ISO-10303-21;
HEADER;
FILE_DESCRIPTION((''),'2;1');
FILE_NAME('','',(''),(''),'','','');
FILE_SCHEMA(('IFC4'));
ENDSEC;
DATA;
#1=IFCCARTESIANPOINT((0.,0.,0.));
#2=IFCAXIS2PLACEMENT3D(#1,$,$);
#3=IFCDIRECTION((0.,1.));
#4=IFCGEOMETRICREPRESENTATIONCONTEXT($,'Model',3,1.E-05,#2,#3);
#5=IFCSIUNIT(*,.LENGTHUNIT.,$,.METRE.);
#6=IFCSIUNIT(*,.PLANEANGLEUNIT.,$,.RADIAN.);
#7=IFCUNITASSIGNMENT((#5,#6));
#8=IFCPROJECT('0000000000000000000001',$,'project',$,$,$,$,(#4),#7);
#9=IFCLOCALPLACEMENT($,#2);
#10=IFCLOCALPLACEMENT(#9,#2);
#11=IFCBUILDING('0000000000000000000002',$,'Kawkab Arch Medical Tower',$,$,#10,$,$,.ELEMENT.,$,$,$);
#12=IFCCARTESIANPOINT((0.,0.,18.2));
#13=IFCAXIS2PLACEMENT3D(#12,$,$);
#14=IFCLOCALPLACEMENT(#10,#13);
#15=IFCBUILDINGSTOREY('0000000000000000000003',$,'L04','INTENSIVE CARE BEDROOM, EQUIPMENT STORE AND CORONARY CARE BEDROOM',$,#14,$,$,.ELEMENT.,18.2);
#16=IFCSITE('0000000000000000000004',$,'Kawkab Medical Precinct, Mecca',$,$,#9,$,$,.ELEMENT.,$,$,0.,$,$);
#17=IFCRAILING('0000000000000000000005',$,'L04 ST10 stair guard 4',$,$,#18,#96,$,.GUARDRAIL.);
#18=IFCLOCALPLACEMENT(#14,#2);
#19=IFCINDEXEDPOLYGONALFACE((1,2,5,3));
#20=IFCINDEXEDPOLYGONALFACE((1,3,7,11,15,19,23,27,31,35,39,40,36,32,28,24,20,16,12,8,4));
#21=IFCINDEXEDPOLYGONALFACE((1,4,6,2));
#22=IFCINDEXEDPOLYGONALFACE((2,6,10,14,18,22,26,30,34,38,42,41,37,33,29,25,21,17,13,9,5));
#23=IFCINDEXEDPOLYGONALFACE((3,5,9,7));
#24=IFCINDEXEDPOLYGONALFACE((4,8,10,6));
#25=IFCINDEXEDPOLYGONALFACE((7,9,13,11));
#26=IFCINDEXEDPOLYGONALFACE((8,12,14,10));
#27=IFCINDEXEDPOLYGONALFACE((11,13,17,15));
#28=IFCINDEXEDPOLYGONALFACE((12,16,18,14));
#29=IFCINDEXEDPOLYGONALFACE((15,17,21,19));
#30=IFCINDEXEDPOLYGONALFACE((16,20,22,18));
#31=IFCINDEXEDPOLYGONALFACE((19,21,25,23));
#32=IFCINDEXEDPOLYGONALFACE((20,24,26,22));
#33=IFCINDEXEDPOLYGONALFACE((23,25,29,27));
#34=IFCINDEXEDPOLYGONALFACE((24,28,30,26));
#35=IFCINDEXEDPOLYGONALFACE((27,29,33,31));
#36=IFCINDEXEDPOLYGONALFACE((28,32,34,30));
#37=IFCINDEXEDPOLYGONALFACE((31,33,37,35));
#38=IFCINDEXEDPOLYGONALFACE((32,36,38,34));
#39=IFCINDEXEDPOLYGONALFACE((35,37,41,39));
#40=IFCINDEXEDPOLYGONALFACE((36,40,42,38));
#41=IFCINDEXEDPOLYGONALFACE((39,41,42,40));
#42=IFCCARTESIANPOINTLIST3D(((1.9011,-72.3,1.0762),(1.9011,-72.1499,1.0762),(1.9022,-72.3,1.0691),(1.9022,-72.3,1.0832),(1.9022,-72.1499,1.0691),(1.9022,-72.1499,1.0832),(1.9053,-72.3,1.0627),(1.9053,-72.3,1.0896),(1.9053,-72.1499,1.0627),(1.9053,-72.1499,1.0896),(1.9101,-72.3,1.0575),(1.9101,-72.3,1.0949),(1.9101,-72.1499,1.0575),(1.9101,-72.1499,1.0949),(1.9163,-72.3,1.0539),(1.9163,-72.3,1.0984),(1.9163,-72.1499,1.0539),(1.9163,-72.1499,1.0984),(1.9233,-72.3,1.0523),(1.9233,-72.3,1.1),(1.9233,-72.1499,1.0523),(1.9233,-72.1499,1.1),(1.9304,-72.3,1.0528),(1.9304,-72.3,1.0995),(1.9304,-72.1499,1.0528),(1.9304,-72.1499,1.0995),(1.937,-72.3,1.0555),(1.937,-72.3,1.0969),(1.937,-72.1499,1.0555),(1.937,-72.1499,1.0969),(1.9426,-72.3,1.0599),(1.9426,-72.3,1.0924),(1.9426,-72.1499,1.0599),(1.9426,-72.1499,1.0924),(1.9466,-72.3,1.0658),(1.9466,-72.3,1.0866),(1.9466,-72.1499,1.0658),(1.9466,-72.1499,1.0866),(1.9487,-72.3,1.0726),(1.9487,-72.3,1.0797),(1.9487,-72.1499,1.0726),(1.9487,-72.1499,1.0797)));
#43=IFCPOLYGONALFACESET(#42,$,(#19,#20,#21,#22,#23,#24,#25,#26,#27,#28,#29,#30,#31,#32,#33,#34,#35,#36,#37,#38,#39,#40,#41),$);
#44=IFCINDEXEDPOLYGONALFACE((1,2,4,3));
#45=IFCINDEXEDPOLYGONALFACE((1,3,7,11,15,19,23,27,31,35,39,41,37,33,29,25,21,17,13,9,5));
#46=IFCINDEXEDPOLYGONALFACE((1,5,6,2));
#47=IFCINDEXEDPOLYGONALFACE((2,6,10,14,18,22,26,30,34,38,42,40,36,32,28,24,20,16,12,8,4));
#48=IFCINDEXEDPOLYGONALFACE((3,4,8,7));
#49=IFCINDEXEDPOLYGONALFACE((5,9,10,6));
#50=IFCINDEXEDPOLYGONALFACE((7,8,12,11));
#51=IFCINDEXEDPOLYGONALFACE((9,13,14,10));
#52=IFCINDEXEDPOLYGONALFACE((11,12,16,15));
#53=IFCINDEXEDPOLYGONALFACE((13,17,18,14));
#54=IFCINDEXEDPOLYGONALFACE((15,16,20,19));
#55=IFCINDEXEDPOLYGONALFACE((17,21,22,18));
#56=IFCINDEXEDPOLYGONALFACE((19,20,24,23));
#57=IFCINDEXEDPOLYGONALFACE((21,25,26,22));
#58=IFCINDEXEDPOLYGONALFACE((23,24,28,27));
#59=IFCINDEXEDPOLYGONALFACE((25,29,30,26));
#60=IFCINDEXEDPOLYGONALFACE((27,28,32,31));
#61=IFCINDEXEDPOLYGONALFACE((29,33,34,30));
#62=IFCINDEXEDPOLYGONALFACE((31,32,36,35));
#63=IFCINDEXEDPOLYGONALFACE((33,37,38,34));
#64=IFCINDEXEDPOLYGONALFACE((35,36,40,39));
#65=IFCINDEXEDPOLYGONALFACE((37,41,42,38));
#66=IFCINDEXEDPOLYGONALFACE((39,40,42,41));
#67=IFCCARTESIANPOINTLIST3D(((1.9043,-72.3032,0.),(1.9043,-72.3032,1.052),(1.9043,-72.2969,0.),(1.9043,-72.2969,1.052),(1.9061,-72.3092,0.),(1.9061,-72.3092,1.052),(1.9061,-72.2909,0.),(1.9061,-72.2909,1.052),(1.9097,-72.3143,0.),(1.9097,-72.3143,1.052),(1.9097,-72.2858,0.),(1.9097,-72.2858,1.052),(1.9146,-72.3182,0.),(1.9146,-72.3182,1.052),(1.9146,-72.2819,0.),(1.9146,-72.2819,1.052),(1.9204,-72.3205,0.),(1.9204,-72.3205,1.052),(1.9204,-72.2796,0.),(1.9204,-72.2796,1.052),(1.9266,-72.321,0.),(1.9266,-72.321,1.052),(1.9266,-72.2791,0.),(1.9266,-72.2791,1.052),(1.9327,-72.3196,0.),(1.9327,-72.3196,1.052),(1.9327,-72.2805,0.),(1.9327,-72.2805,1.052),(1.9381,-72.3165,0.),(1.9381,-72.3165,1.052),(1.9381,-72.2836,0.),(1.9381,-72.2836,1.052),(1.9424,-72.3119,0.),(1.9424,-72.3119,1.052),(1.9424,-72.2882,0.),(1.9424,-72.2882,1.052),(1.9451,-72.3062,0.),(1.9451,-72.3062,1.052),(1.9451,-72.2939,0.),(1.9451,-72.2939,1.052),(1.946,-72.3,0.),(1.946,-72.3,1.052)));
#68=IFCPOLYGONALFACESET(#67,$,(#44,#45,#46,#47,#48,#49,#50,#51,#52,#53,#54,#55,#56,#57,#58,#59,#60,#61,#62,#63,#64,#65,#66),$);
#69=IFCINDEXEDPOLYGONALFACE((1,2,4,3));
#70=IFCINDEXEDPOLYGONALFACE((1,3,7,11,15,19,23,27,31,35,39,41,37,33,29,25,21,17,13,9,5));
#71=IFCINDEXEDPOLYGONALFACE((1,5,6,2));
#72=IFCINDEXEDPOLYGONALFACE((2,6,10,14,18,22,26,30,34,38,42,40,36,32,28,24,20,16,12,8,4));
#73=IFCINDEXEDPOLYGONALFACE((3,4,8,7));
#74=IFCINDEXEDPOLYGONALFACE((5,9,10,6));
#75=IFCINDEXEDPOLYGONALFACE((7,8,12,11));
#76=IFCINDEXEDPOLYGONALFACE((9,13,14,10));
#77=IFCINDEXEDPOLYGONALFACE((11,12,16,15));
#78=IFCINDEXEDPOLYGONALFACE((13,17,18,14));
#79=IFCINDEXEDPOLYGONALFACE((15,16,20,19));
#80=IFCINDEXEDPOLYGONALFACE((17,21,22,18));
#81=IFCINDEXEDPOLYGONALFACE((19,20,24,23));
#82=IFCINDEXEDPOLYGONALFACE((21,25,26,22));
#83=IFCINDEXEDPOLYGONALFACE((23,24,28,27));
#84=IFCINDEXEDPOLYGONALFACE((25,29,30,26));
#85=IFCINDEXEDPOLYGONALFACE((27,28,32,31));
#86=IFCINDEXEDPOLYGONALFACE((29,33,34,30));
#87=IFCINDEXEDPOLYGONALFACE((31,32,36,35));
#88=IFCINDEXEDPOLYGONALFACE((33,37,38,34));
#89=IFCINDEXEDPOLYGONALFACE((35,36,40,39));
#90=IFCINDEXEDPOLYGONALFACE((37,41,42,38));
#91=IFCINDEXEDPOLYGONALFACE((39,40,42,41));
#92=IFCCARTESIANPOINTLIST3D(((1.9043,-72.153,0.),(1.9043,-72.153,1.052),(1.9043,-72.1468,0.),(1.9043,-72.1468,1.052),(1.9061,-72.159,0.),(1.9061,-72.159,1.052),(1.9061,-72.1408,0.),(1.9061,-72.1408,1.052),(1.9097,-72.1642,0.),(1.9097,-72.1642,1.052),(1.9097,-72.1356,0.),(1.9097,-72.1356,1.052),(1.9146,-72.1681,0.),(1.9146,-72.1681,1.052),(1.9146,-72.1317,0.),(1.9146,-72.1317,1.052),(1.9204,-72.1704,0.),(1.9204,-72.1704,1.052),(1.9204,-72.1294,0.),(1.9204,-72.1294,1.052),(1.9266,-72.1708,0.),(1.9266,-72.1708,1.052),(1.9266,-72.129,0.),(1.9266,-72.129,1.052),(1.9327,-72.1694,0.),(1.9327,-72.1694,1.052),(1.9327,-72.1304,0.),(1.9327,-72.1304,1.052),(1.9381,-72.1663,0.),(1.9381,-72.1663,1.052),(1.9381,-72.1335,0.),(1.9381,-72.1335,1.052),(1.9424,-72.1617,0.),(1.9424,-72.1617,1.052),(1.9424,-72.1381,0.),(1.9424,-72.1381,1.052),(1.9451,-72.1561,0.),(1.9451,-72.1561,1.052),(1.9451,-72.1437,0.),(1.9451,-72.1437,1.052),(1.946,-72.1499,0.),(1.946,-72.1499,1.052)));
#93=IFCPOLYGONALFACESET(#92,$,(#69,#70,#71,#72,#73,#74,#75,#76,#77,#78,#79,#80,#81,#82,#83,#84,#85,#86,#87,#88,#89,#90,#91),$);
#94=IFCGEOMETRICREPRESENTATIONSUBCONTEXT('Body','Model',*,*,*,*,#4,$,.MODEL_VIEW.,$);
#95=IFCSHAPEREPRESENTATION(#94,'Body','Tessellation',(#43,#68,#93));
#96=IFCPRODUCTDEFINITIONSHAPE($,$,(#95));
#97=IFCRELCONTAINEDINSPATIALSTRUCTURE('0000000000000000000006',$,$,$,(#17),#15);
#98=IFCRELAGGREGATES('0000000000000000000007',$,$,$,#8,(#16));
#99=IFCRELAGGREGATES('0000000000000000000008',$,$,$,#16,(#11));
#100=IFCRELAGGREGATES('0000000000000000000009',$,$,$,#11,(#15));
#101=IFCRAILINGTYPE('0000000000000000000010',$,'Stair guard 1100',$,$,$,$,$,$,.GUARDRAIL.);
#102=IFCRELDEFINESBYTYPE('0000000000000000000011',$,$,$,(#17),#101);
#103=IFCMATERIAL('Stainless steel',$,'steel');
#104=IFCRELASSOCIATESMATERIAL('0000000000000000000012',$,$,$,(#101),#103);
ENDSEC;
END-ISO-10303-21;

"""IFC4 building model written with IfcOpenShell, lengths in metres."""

from ifc_helpers import new_model, si_unit, direction, frame, origin, origin_2d, place, context, subcontext, project, spatial, circle, extrude, material, type_object, element, save


model = new_model("IFC4")

# Units and contexts
model_context = context("Model", 3, precision=1e-05, world=origin(), true_north=direction((0.0, 1.0)))
body_context = subcontext(model_context, "Body", "Model", "MODEL_VIEW")
ifc_project = project(units=[si_unit("LENGTHUNIT", "METRE"), si_unit("PLANEANGLEUNIT", "RADIAN")], contexts=[model_context])

# Site, building, storey
site_placement = place(None, origin())
site = spatial("IfcSite", under=ifc_project, at=site_placement, Name="Kawkab Medical Precinct, Mecca", CompositionType="ELEMENT", RefElevation=0.0)
building_placement = place(site_placement, origin())
building = spatial("IfcBuilding", under=site, at=building_placement, Name="Kawkab Arch Medical Tower", CompositionType="ELEMENT")
storey_placement = place(building_placement, frame((0.0, 0.0, 18.2)))
storey = spatial("IfcBuildingStorey", under=building, at=storey_placement, Name="L04", Description="INTENSIVE CARE BEDROOM, EQUIPMENT STORE AND CORONARY CARE BEDROOM", CompositionType="ELEMENT", Elevation=18.2)

# Railing
ifc_material_1 = material(Name="Stainless steel", Category="steel")
railing_type = type_object("IfcRailingType", Name="Stair guard 1100", PredefinedType="GUARDRAIL", material=ifc_material_1)
railing_1_placement = place(storey_placement, frame((1.925, -72.3, 0.0)))
element("IfcRailing", 1, at=railing_1_placement, inside=storey, type_object=railing_type, Name="L04 ST10 stair guard 4", PredefinedType="GUARDRAIL", context=body_context, shape_type="SweptSolid", body=[
    extrude(circle(Radius=0.0239, at=origin_2d()), frame((0.0, 0.0, 1.0762), z_axis=(0.0, 1.0, 0.0), x_axis=(-1.0, 0.0, 0.0)), (0.0, 0.0, 1.0), 0.1501),
    extrude(circle(Radius=0.021, at=origin_2d()), origin(), (0.0, 0.0, 1.0), 1.052),
    extrude(circle(Radius=0.021, at=origin_2d()), frame((0.0, 0.1501, 0.0)), (0.0, 0.0, 1.0), 1.052),
])

save(model, "model.ifc")
